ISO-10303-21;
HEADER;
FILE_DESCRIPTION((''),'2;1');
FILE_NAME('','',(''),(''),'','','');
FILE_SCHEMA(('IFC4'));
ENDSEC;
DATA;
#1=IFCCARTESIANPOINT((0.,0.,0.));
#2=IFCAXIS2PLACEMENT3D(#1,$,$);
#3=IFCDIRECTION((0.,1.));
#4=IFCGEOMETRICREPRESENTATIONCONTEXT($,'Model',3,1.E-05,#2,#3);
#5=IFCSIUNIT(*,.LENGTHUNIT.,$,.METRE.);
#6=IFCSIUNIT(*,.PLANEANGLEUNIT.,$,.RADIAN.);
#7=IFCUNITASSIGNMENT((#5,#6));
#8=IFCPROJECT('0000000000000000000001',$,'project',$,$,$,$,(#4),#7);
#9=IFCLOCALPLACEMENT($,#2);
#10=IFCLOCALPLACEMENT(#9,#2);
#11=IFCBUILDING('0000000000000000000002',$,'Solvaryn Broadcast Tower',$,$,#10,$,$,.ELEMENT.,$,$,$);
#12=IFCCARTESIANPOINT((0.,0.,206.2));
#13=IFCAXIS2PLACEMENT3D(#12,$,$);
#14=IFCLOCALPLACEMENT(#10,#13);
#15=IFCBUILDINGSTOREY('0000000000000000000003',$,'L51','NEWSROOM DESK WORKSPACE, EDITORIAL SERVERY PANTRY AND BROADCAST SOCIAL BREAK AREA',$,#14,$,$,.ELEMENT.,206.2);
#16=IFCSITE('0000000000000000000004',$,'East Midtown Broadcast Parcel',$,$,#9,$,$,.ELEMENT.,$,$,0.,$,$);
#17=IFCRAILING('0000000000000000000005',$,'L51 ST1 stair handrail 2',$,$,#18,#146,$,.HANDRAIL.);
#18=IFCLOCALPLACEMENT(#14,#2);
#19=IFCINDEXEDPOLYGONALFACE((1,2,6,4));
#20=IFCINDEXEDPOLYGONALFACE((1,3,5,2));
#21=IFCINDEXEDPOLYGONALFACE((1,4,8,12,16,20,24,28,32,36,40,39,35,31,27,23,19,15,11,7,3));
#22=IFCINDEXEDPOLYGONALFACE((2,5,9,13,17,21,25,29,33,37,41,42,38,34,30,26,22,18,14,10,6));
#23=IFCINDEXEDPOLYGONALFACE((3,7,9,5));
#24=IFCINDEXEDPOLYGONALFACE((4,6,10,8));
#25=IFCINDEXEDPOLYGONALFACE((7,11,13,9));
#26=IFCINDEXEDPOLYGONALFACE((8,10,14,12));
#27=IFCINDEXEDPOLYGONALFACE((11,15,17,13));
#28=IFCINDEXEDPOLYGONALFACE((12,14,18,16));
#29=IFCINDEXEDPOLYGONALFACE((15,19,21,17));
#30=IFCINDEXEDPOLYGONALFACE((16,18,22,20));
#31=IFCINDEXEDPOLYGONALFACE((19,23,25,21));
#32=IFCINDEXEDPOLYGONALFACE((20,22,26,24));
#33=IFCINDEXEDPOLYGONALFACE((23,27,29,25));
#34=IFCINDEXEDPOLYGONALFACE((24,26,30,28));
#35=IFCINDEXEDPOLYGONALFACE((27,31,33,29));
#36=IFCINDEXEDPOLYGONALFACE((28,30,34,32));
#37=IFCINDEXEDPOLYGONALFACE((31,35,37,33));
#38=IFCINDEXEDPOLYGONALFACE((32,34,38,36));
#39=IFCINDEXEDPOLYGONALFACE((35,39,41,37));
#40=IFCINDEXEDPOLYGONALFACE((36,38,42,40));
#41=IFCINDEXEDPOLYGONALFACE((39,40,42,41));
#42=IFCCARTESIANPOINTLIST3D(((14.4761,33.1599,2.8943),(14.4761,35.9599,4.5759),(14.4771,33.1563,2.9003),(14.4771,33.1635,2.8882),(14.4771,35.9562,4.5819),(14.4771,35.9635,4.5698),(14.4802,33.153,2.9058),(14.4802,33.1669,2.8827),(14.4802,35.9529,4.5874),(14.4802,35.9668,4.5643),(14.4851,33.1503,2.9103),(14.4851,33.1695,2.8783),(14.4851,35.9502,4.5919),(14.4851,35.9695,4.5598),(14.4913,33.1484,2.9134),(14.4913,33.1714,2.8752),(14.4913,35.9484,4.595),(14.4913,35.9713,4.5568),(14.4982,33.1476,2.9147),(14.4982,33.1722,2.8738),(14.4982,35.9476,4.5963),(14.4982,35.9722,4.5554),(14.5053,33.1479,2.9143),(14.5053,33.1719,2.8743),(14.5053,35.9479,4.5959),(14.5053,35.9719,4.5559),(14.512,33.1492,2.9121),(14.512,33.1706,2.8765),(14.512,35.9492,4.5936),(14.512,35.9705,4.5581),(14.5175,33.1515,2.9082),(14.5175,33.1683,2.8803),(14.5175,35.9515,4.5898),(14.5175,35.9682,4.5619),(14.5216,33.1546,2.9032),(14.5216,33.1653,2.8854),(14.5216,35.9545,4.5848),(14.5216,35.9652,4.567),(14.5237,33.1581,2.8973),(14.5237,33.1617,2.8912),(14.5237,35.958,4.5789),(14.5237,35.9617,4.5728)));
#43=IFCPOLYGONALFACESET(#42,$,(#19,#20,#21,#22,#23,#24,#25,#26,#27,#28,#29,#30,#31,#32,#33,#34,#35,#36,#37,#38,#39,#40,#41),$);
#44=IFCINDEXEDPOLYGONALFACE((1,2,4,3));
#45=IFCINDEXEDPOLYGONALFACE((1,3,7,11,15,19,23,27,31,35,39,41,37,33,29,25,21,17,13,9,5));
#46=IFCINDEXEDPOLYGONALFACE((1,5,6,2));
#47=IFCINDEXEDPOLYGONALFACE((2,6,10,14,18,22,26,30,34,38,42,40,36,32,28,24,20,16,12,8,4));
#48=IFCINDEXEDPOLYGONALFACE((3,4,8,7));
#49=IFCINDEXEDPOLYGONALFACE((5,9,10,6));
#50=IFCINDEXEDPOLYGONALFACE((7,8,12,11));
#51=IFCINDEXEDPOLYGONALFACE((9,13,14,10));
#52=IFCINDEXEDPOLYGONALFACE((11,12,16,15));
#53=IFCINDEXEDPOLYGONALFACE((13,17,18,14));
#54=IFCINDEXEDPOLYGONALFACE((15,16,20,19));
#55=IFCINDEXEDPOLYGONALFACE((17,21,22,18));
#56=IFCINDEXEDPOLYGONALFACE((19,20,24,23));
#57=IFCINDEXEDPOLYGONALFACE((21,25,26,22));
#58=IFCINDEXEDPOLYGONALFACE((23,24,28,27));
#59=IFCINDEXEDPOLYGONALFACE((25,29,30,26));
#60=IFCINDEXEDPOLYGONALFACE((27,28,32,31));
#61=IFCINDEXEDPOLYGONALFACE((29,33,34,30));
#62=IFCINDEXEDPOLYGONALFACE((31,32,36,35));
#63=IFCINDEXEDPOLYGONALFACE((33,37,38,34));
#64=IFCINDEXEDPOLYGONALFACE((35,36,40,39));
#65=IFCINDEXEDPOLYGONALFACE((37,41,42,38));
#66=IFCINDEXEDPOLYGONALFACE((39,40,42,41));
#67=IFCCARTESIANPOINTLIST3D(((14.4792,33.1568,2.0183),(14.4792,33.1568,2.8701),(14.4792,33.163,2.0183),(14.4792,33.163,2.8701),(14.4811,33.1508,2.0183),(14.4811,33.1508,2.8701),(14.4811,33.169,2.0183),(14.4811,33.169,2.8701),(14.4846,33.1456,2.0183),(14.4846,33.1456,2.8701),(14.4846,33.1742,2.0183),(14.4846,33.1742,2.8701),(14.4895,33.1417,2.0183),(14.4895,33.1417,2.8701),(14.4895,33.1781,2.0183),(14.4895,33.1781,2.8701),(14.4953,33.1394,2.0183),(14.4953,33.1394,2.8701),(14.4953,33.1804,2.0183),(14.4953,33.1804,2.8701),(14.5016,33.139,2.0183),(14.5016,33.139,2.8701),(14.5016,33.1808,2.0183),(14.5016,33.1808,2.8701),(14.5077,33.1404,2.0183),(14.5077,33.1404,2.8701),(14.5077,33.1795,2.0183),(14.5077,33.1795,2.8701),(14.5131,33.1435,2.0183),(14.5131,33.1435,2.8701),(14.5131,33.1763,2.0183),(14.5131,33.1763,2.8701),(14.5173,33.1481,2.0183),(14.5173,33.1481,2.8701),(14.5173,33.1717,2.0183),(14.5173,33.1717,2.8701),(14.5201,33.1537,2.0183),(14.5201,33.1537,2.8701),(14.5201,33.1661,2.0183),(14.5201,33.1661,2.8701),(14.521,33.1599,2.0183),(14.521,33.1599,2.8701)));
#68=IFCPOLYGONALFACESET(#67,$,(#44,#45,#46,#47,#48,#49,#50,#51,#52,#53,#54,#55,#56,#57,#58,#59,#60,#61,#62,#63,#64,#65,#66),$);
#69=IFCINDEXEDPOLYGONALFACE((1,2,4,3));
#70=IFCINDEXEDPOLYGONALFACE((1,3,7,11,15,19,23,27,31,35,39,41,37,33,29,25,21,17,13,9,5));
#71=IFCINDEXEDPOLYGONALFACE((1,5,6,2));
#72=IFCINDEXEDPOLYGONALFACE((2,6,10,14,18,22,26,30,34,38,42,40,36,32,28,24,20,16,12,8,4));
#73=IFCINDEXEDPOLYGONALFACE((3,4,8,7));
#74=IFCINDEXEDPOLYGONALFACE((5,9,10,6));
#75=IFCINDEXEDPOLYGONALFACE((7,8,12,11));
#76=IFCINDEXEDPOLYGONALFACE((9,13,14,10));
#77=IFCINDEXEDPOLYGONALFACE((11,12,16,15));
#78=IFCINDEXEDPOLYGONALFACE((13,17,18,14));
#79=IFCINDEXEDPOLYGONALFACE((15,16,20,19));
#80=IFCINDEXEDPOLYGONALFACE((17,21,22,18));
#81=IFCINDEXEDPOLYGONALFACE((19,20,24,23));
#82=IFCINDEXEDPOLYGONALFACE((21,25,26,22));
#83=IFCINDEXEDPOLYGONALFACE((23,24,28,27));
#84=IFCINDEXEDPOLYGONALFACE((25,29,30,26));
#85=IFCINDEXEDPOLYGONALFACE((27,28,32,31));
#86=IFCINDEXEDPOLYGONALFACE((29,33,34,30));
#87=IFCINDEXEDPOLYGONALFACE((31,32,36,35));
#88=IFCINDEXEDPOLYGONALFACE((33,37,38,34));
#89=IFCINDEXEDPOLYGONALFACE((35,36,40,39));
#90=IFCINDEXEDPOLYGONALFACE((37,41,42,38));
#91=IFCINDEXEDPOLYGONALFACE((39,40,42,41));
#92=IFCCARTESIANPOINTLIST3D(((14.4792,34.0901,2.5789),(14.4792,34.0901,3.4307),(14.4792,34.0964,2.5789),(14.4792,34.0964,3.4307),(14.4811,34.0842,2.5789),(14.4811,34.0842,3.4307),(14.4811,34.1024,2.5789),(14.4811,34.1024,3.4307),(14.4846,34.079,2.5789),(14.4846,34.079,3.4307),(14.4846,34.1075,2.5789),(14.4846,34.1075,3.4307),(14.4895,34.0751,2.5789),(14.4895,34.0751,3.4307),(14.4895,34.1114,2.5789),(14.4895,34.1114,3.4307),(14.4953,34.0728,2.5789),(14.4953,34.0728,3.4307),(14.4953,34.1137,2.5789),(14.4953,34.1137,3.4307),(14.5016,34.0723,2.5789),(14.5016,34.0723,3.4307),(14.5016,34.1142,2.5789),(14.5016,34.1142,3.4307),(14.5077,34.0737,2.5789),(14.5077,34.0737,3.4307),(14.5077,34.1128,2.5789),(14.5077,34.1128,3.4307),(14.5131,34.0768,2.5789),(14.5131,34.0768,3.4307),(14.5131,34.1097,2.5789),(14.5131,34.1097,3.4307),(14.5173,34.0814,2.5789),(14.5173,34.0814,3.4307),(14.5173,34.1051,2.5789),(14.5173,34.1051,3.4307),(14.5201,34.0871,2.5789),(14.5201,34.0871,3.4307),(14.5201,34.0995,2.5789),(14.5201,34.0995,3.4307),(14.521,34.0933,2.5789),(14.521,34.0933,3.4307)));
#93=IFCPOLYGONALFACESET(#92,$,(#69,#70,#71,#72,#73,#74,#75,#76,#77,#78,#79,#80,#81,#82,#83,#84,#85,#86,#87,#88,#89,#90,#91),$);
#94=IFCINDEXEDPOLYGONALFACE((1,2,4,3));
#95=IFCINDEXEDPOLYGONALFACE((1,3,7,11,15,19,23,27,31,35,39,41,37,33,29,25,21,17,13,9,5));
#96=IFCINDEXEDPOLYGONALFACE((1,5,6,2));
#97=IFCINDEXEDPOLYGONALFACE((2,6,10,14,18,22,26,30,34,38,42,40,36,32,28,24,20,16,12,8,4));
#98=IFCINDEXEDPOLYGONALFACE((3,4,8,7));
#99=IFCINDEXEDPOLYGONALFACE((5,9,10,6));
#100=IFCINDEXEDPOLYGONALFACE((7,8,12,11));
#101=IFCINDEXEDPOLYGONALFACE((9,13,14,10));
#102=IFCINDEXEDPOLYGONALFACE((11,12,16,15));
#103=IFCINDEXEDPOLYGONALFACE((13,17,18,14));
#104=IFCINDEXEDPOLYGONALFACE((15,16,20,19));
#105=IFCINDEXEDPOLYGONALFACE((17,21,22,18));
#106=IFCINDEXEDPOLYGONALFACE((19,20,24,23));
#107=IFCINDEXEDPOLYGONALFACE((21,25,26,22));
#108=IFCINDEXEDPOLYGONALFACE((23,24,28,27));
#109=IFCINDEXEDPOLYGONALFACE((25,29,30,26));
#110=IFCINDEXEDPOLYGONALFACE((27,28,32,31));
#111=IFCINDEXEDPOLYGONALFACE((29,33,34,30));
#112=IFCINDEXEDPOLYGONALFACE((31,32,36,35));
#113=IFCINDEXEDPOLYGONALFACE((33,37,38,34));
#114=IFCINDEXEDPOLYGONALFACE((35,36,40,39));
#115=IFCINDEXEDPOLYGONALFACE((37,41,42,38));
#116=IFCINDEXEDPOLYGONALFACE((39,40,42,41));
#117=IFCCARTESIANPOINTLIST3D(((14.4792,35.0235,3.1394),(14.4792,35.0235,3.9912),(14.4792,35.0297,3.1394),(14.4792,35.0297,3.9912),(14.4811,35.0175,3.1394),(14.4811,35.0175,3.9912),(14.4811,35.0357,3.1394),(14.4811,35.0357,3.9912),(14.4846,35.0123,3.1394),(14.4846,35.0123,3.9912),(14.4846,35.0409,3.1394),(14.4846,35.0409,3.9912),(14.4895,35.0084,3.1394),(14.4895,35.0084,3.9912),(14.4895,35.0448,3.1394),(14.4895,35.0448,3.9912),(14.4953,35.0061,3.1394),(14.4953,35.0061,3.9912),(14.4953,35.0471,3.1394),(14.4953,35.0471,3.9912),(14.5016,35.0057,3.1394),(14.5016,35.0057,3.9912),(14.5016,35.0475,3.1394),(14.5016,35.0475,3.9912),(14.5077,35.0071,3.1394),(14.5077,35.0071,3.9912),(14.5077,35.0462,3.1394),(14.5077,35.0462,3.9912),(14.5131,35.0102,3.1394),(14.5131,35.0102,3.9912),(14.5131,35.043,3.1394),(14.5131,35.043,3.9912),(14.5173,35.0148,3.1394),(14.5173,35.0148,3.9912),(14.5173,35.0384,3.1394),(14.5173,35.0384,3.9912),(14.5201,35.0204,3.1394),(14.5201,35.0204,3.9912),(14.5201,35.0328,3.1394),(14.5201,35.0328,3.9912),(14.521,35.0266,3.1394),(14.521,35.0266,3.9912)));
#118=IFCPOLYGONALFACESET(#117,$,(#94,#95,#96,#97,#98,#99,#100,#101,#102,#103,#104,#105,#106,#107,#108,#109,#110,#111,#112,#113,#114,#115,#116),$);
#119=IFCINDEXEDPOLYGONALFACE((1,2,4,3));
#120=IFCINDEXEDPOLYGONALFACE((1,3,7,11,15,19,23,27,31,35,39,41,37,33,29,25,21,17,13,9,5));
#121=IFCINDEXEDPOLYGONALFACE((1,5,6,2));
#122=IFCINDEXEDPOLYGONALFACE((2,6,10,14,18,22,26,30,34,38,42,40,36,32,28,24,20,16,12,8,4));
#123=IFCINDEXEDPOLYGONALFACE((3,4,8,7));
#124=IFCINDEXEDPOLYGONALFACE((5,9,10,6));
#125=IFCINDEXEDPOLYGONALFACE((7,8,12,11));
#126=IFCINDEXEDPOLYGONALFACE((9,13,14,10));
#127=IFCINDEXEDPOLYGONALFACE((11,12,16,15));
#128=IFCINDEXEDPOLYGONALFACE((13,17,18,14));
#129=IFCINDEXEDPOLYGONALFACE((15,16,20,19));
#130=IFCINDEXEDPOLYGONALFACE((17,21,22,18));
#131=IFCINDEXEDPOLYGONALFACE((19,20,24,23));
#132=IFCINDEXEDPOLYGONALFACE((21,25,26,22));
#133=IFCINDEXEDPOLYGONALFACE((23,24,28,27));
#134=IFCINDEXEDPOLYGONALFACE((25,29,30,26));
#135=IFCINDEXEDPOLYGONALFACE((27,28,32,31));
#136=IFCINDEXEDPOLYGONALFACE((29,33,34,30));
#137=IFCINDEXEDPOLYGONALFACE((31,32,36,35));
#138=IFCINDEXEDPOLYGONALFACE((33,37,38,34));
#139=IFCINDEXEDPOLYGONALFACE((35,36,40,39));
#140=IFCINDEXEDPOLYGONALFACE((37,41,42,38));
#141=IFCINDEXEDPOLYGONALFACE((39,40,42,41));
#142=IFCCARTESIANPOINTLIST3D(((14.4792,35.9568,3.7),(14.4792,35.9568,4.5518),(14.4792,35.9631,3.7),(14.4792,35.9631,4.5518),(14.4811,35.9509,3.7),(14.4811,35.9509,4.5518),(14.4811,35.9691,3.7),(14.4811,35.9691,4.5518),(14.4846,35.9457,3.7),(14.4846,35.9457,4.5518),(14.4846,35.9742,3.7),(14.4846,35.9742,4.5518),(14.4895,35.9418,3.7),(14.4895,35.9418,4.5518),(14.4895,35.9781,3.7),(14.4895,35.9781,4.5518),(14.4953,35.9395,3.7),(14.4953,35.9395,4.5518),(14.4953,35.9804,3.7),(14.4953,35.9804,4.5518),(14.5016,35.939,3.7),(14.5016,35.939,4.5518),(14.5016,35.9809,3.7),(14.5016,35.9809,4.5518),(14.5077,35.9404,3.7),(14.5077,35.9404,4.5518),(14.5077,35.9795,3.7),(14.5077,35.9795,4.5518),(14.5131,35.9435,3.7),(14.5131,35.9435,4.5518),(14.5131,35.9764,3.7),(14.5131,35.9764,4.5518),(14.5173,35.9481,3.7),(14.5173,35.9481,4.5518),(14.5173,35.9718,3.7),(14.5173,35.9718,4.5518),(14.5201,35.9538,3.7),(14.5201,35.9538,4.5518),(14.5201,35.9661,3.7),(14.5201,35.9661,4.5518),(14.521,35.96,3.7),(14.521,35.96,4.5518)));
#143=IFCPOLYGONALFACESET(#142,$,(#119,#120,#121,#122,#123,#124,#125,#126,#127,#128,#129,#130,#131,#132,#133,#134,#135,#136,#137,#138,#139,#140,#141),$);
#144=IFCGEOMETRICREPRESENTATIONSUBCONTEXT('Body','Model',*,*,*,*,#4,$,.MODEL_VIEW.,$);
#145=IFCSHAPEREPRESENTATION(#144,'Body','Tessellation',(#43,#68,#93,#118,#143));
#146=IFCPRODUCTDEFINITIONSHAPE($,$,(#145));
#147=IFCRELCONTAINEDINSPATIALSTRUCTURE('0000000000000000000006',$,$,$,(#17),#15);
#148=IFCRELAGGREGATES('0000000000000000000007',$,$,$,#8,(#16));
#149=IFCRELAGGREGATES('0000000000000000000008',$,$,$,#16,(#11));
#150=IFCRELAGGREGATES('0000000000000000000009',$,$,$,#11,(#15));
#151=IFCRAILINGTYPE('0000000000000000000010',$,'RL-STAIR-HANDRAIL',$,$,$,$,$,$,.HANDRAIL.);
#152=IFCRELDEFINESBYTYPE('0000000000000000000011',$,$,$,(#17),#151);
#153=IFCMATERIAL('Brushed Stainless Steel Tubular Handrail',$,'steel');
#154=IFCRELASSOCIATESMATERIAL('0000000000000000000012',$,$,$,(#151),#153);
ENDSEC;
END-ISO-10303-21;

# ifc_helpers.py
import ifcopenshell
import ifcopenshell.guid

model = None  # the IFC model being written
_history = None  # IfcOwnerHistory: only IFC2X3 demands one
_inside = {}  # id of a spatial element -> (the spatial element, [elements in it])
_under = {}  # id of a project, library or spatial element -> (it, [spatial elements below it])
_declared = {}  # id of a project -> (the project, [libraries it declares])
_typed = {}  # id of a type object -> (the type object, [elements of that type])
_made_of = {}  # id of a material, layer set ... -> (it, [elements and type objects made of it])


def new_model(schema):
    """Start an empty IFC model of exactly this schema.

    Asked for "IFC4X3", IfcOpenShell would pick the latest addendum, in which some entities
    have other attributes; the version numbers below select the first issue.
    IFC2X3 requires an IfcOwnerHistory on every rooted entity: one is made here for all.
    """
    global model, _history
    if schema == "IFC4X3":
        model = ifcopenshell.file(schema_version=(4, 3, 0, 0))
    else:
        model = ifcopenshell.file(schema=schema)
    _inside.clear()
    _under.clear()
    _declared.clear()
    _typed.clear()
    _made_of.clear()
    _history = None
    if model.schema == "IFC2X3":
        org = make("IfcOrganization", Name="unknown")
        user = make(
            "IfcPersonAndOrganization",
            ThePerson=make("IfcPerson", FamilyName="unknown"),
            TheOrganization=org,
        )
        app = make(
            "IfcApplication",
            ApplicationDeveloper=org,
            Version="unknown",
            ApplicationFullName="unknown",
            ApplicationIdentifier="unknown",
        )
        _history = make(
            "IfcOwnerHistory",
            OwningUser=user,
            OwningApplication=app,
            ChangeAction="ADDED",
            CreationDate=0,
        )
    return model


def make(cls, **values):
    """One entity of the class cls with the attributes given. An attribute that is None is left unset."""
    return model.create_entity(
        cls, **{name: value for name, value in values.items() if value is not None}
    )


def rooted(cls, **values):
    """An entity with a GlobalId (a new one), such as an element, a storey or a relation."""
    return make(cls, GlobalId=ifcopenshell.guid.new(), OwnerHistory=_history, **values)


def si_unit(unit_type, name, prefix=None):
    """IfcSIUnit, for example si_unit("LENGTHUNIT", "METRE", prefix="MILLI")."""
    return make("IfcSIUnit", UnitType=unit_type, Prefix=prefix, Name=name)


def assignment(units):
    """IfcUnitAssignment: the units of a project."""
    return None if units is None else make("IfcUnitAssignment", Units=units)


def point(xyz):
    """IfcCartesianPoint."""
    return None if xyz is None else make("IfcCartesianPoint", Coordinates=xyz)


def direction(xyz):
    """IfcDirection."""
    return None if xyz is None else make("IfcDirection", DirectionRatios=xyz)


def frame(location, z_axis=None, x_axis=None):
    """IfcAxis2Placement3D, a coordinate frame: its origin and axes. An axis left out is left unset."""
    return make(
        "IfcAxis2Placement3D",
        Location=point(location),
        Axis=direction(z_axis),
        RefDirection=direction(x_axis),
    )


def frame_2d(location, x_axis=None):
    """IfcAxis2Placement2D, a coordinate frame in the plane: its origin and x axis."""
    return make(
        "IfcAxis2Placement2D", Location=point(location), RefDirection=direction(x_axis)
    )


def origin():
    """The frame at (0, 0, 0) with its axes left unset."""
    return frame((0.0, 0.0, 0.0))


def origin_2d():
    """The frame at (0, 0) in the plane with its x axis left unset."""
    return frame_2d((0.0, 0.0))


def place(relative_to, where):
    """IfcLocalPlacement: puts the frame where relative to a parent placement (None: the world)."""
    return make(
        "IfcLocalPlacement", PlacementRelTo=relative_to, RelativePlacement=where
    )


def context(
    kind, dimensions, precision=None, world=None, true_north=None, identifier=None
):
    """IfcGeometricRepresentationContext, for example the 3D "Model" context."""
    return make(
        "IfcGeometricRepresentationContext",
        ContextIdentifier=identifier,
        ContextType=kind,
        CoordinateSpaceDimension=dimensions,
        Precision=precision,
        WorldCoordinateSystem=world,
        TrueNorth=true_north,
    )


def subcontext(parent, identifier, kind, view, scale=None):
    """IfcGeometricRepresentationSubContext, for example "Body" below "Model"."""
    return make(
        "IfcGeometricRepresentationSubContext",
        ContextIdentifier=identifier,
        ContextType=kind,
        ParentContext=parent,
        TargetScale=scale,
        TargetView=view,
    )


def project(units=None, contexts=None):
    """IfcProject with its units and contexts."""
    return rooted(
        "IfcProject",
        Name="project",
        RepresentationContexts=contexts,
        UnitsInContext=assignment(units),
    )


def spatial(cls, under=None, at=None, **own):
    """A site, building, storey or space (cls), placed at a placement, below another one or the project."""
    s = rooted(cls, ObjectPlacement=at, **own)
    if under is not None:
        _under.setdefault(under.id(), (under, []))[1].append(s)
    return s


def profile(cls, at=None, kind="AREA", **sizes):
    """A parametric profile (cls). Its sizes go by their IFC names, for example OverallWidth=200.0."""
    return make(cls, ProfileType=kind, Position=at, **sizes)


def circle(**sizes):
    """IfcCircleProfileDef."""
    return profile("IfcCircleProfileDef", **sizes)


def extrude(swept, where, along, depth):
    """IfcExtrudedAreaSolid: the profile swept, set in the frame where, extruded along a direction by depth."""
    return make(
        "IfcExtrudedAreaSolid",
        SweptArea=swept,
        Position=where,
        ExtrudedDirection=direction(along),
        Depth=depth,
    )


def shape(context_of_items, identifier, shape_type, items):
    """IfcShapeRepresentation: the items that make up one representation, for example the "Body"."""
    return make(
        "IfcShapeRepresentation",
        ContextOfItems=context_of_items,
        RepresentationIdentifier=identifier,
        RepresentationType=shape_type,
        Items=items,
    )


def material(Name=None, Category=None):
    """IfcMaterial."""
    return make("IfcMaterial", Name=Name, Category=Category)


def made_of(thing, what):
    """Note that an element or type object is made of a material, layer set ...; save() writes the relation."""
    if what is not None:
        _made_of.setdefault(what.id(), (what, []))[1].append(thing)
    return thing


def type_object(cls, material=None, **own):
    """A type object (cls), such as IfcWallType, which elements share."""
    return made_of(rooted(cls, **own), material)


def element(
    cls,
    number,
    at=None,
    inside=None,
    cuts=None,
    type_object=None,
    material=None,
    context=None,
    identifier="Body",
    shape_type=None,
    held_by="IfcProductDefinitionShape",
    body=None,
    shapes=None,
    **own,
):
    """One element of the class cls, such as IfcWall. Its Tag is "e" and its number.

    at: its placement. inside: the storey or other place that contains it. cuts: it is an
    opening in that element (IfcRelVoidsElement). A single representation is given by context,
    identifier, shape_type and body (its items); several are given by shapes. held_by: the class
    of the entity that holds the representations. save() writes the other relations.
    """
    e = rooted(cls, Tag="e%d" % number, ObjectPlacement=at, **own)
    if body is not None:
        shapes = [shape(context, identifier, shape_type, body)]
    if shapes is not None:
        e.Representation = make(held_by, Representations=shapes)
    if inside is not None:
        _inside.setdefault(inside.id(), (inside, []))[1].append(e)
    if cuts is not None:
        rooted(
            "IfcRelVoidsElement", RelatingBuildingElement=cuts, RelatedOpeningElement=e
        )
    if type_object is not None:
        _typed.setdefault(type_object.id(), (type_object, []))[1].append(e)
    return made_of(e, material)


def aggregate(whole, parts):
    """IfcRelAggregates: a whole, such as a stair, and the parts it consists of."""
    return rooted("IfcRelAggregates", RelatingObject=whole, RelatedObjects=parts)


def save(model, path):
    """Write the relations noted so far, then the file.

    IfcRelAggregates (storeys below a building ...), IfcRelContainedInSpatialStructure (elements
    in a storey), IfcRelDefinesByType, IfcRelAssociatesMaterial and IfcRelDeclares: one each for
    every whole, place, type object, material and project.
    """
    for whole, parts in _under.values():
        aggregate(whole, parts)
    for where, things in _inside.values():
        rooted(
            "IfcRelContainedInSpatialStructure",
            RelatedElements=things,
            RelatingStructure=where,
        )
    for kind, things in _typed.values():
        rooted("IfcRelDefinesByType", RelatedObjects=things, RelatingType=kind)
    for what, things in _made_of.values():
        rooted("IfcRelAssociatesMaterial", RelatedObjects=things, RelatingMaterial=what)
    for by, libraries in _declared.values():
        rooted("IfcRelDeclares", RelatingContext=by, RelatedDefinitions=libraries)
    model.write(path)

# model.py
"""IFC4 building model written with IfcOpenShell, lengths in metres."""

from ifc_helpers import new_model, si_unit, direction, frame, origin, origin_2d, place, context, subcontext, project, spatial, circle, extrude, material, type_object, element, save


model = new_model("IFC4")

# Units and contexts
model_context = context("Model", 3, precision=1e-05, world=origin(), true_north=direction((0.0, 1.0)))
body_context = subcontext(model_context, "Body", "Model", "MODEL_VIEW")
ifc_project = project(units=[si_unit("LENGTHUNIT", "METRE"), si_unit("PLANEANGLEUNIT", "RADIAN")], contexts=[model_context])

# Site, building, storey
site_placement = place(None, origin())
site = spatial("IfcSite", under=ifc_project, at=site_placement, Name="East Midtown Broadcast Parcel", CompositionType="ELEMENT", RefElevation=0.0)
building_placement = place(site_placement, origin())
building = spatial("IfcBuilding", under=site, at=building_placement, Name="Solvaryn Broadcast Tower", CompositionType="ELEMENT")
storey_placement = place(building_placement, frame((0.0, 0.0, 206.2)))
storey = spatial("IfcBuildingStorey", under=building, at=storey_placement, Name="L51", Description="NEWSROOM DESK WORKSPACE, EDITORIAL SERVERY PANTRY AND BROADCAST SOCIAL BREAK AREA", CompositionType="ELEMENT", Elevation=206.2)

# Railing
ifc_material_1 = material(Name="Brushed Stainless Steel Tubular Handrail", Category="steel")
railing_type_1 = type_object("IfcRailingType", Name="RL-STAIR-HANDRAIL", PredefinedType="HANDRAIL", material=ifc_material_1)
railing_1_placement = place(storey_placement, frame((14.5, 33.1599, 2.0183)))
element("IfcRailing", 1, at=railing_1_placement, inside=storey, type_object=railing_type_1, Name="L51 ST1 stair handrail 2", PredefinedType="HANDRAIL", context=body_context, shape_type="SweptSolid", body=[
    extrude(circle(Radius=0.0239, at=origin_2d()), frame((0.0, 0.0, 0.876), z_axis=(0.0, 0.857275, 0.514858), x_axis=(-1.0, 0.0, 0.0)), (0.0, 0.0, 1.0), 3.2661),
    extrude(circle(Radius=0.021, at=origin_2d()), origin(), (0.0, 0.0, 1.0), 0.8518),
    extrude(circle(Radius=0.021, at=origin_2d()), frame((0.0, 0.9333, 0.5605)), (0.0, 0.0, 1.0), 0.8518),
    extrude(circle(Radius=0.021, at=origin_2d()), frame((0.0, 1.8667, 1.1211)), (0.0, 0.0, 1.0), 0.8518),
    extrude(circle(Radius=0.021, at=origin_2d()), frame((0.0, 2.8, 1.6816)), (0.0, 0.0, 1.0), 0.8518),
])

save(model, "model.ifc")
